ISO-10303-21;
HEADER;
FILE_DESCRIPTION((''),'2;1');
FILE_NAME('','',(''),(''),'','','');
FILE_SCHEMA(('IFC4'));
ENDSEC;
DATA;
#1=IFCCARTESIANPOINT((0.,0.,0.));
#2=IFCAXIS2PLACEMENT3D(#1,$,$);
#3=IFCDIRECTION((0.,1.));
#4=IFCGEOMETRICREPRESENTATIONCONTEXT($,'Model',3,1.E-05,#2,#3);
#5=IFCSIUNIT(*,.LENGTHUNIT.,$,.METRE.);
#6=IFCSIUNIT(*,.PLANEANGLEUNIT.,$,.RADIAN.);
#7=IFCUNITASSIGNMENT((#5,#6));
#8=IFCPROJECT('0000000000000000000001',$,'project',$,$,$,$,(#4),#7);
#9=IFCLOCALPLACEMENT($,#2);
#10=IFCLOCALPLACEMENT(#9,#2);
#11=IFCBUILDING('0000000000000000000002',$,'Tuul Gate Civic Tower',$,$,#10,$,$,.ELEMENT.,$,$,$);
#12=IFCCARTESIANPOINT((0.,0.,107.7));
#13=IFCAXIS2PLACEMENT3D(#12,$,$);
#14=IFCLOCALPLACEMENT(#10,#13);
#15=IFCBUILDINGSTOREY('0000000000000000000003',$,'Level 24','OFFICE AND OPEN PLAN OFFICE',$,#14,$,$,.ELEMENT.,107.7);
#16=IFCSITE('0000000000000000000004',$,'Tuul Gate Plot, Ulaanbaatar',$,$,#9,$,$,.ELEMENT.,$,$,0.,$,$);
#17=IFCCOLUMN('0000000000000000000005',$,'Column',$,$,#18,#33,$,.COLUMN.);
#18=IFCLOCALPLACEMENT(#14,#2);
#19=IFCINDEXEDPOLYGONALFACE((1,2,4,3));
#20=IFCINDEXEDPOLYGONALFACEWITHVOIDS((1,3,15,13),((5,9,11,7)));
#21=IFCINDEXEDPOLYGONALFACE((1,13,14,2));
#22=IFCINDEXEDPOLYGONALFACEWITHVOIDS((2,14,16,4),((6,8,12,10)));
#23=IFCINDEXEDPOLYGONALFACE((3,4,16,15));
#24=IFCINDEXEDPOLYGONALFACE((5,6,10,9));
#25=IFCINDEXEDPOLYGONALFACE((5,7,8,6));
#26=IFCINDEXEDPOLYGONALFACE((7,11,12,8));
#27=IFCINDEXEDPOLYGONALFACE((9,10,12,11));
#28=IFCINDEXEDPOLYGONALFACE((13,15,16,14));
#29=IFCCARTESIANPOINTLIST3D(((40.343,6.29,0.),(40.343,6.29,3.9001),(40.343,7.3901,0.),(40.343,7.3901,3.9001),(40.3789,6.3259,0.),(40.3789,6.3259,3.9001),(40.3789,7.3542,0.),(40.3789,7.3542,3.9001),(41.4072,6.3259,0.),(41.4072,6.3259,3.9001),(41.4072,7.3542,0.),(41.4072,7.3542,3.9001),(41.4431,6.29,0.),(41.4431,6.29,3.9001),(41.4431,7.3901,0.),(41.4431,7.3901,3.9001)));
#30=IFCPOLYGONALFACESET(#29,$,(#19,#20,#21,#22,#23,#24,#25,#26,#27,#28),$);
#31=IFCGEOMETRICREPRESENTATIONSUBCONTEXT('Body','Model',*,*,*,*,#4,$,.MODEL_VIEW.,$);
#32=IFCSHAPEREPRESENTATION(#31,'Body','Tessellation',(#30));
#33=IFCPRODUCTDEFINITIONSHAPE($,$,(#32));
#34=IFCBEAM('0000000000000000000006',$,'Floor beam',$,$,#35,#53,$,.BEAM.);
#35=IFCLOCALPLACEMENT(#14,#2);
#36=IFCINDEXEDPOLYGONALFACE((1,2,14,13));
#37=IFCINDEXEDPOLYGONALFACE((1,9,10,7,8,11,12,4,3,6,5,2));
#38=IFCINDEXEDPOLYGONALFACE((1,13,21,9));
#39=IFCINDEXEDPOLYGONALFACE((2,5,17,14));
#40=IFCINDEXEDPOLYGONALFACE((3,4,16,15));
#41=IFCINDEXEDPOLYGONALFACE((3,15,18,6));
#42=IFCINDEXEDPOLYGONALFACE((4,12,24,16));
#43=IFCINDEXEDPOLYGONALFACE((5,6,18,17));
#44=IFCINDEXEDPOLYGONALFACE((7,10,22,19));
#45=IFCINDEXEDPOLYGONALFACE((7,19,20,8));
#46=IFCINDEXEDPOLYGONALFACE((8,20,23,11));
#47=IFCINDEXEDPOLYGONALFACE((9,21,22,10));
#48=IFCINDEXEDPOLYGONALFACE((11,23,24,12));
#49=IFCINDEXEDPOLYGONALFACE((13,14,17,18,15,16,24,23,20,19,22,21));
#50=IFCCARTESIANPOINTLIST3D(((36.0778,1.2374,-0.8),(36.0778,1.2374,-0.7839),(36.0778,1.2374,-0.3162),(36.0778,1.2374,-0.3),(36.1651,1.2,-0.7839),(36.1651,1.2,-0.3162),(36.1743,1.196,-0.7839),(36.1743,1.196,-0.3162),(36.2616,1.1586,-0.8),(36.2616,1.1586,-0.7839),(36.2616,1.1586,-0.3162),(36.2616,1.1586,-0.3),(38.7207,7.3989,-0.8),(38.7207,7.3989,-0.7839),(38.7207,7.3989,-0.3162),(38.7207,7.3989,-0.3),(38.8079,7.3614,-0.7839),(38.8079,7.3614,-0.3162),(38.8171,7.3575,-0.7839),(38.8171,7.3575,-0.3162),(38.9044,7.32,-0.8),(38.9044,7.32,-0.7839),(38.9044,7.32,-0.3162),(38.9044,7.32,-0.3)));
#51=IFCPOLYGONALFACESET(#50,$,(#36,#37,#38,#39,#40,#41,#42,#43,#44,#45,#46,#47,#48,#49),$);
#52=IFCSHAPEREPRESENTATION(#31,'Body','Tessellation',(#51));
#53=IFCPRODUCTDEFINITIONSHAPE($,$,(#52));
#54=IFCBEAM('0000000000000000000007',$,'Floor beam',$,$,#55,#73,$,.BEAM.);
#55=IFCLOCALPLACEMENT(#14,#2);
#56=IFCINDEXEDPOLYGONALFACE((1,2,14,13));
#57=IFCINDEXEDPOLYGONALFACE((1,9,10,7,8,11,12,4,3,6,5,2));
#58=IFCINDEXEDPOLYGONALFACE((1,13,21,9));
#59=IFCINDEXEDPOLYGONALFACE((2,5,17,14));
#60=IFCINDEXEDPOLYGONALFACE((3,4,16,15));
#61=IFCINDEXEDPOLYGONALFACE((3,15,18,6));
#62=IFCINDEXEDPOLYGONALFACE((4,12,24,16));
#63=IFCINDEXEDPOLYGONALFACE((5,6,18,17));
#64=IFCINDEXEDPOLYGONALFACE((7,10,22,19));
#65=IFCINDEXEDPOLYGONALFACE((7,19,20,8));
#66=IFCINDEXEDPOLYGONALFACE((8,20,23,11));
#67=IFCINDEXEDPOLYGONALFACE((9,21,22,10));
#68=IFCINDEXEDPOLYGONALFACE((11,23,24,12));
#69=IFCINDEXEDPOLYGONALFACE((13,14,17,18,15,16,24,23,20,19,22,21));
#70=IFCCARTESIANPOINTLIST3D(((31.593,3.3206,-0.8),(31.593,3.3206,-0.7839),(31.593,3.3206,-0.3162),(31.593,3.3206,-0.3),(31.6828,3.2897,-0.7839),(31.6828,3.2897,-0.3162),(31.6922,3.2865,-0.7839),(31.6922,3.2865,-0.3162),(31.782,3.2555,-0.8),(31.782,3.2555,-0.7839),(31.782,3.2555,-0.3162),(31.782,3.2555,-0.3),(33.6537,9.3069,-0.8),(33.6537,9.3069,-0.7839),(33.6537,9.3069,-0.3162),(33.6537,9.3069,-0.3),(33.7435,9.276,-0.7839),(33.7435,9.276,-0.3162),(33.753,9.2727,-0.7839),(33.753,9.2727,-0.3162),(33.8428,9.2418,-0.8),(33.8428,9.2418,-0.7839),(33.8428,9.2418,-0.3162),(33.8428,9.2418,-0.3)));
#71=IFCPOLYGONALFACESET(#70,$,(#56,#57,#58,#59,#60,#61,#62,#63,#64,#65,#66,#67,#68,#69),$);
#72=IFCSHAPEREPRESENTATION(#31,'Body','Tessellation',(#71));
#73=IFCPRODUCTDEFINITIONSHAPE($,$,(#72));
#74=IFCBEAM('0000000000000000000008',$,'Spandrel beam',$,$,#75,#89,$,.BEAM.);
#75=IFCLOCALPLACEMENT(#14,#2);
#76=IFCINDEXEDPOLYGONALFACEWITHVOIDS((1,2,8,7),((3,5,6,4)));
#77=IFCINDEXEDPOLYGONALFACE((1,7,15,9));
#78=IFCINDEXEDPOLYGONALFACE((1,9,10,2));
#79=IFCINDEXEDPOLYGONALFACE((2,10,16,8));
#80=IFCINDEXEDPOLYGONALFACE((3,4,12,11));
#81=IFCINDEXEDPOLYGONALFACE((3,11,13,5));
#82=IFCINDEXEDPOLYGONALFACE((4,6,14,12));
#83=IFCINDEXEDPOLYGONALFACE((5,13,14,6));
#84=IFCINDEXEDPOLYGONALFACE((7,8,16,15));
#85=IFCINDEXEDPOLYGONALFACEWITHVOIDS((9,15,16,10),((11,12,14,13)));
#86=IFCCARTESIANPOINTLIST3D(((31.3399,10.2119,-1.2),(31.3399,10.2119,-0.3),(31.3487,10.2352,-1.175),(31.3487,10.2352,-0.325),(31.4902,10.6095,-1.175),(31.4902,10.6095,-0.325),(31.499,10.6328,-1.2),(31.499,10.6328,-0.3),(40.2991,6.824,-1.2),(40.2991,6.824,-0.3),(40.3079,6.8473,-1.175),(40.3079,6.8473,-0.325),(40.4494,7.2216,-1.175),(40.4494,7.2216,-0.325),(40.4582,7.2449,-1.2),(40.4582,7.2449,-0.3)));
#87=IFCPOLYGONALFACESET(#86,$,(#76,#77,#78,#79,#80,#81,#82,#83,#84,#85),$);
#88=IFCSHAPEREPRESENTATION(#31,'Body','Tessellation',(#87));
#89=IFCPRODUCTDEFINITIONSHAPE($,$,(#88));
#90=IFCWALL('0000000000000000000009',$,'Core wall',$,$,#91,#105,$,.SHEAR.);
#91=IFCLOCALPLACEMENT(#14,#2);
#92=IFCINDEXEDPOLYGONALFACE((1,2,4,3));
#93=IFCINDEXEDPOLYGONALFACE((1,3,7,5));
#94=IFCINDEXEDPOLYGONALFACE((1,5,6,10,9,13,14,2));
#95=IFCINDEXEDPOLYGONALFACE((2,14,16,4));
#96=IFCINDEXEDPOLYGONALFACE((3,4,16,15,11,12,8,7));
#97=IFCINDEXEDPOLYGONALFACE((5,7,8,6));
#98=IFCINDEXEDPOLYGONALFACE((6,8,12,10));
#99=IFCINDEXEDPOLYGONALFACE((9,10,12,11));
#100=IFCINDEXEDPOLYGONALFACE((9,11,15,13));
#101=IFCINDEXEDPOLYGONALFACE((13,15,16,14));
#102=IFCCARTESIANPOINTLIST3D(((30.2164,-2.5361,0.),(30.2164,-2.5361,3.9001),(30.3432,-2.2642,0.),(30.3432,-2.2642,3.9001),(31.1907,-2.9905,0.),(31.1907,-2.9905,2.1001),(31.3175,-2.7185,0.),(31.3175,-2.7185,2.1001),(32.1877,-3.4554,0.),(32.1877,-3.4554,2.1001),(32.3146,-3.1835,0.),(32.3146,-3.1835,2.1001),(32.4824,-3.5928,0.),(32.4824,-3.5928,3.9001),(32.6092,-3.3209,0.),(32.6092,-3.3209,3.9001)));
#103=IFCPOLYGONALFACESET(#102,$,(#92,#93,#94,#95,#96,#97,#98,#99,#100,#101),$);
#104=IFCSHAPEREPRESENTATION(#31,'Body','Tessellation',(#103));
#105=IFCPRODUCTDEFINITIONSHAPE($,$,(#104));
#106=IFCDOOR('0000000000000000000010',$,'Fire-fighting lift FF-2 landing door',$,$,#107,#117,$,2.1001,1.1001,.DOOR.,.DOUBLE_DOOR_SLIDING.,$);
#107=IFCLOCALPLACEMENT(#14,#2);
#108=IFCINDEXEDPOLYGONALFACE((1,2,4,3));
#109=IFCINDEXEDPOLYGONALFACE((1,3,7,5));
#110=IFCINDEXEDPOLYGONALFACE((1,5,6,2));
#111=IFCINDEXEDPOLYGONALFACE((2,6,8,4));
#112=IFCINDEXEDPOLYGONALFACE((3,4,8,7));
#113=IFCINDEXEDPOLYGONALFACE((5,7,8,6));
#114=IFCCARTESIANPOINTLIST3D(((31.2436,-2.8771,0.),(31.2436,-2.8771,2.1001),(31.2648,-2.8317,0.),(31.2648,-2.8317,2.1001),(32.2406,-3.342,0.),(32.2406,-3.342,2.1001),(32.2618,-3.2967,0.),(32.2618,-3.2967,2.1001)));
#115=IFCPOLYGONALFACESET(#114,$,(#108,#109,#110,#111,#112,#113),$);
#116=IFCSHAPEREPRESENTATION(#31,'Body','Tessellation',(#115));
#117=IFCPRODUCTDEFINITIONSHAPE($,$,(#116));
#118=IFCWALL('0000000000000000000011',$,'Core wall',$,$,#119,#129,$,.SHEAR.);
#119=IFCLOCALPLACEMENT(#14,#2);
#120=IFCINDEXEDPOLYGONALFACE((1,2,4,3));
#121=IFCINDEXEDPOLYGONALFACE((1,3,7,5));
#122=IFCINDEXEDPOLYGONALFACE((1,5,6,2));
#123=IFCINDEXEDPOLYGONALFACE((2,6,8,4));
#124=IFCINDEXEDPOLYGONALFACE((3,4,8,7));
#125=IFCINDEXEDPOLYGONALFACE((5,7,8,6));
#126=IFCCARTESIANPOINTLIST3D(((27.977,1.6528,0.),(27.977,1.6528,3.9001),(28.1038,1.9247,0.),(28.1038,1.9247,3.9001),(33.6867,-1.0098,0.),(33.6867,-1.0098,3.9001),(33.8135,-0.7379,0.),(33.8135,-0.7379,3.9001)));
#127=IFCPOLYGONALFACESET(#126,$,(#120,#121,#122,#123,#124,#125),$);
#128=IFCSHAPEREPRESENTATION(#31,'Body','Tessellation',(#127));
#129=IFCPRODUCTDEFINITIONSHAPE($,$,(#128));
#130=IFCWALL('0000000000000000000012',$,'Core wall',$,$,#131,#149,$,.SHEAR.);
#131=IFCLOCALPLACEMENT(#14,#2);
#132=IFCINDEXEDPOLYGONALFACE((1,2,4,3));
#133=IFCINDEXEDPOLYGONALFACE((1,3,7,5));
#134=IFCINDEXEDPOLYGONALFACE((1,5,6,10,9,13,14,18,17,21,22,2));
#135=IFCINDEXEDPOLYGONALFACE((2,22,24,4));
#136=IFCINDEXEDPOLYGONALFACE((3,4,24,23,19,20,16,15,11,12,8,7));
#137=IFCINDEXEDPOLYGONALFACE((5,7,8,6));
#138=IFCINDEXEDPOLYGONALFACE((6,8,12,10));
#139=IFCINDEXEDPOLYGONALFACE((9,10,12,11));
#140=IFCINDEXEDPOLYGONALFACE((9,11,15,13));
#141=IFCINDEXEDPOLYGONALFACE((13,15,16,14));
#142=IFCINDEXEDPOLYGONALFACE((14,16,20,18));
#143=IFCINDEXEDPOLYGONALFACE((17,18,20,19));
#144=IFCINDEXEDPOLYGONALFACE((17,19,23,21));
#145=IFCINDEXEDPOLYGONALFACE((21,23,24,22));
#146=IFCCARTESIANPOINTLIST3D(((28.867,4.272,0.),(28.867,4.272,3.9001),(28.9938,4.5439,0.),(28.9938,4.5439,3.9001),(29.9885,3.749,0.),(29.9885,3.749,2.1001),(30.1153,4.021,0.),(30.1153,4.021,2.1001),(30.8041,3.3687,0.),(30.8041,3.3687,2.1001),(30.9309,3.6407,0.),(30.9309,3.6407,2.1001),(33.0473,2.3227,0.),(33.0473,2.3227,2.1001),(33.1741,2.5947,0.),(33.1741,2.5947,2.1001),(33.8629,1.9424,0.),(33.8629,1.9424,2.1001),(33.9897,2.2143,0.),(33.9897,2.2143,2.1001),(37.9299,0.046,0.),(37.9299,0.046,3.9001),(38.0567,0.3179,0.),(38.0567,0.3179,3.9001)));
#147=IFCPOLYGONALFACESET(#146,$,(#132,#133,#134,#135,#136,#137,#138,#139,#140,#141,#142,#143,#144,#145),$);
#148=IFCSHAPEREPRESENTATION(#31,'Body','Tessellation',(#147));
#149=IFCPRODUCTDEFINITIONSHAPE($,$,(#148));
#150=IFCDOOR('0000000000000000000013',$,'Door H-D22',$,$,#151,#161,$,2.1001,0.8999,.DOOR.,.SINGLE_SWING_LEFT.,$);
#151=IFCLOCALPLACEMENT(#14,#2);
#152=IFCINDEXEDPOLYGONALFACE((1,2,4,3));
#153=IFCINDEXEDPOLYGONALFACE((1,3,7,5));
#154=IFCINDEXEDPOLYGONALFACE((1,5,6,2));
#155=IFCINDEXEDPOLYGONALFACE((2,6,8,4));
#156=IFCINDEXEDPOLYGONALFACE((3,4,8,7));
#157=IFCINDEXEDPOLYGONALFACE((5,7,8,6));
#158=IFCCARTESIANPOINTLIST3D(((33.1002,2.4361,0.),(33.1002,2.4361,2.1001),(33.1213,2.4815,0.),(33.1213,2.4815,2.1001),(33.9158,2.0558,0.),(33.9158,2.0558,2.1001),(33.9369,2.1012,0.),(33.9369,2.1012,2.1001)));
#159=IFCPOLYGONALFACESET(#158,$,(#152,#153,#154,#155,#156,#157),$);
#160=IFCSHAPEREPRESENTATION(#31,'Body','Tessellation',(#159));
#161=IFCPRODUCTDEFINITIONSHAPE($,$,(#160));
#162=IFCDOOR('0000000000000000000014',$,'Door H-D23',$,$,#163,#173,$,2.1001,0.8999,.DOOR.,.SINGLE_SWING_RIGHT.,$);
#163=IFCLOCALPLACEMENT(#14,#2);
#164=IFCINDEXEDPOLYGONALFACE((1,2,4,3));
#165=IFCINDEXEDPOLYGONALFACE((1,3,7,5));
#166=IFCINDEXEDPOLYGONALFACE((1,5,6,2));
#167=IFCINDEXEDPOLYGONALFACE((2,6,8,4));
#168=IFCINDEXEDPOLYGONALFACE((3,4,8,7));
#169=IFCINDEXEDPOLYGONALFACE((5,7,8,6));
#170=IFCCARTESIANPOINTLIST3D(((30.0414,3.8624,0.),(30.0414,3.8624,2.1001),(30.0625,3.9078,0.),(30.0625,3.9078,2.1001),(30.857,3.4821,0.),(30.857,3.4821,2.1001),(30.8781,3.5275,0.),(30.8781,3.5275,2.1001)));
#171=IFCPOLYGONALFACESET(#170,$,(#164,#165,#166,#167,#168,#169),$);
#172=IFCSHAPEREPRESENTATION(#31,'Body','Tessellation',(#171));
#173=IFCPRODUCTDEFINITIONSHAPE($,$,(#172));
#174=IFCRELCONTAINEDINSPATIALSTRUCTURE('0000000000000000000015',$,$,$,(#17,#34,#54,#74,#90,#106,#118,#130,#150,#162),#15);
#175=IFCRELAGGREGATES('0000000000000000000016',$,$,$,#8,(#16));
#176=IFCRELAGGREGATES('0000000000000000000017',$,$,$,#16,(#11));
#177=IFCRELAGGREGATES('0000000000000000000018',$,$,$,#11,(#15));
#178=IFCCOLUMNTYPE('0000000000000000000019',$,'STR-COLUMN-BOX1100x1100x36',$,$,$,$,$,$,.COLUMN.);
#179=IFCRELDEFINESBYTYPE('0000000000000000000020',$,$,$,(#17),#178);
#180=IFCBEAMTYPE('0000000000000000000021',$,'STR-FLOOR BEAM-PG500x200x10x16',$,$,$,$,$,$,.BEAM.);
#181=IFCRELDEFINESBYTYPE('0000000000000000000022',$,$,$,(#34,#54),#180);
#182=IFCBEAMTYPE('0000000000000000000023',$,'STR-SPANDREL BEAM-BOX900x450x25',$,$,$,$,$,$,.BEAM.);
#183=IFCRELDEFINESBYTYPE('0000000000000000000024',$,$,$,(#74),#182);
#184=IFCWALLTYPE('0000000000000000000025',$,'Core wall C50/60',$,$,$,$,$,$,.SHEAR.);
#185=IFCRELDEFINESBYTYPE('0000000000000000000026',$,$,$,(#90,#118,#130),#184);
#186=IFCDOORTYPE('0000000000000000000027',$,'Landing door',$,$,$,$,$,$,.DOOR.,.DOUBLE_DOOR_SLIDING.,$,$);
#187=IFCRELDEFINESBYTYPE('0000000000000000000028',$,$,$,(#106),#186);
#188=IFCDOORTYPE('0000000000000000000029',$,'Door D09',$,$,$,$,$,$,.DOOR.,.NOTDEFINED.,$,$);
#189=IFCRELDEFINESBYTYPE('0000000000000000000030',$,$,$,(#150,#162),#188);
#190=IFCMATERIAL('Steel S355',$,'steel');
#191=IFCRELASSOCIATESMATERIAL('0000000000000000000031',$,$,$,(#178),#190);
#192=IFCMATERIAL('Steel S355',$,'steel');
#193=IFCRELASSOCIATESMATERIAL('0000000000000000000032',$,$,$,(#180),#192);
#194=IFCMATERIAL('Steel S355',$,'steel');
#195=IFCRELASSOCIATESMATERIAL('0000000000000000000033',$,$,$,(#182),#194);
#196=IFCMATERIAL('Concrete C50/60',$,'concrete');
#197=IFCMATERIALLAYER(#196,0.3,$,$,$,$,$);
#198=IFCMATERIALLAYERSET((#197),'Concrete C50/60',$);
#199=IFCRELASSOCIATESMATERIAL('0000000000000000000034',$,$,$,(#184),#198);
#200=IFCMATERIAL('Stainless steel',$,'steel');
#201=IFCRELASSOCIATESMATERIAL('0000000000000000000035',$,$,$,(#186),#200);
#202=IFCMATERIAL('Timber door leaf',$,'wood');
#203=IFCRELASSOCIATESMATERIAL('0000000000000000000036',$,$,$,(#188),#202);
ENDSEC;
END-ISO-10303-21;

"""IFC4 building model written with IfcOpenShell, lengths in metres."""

from ifc_helpers import new_model, si_unit, direction, frame, frame_2d, origin, origin_2d, place, context, subcontext, project, spatial, rectangle, hollow_rectangle, i_section, extrude, material, layer, layer_set, material_profile, profile_set, type_object, element, fill, save


model = new_model("IFC4")

# Units and contexts
model_context = context("Model", 3, precision=1e-05, world=origin(), true_north=direction((0.0, 1.0)))
body_context = subcontext(model_context, "Body", "Model", "MODEL_VIEW")
ifc_project = project(units=[si_unit("LENGTHUNIT", "METRE"), si_unit("PLANEANGLEUNIT", "RADIAN")], contexts=[model_context])

# Site, building, storey
site_placement = place(None, origin())
site = spatial("IfcSite", under=ifc_project, at=site_placement, Name="Tuul Gate Plot, Ulaanbaatar", CompositionType="ELEMENT", RefElevation=0.0)
building_placement = place(site_placement, origin())
building = spatial("IfcBuilding", under=site, at=building_placement, Name="Tuul Gate Civic Tower", CompositionType="ELEMENT")
storey_placement = place(building_placement, frame((0.0, 0.0, 107.7)))
storey = spatial("IfcBuildingStorey", under=building, at=storey_placement, Name="Level 24", Description="OFFICE AND OPEN PLAN OFFICE", CompositionType="ELEMENT", Elevation=107.7)

# Column
ifc_material_1 = material(Name="Steel S355", Category="steel")
ifc_material_profile_1 = material_profile(ifc_material_1, hollow_rectangle(XDim=1.1001, YDim=1.1001, WallThickness=0.0359, at=origin_2d()), Name="BOX1100x1100x36")
ifc_profile_set_1 = profile_set([ifc_material_profile_1], Name="Steel S355")
column_type = type_object("IfcColumnType", Name="STR-COLUMN-BOX1100x1100x36", PredefinedType="COLUMN", material=ifc_profile_set_1)
column_placement = place(storey_placement, frame((40.8931, 6.8401, 0.0), z_axis=(0.0, 0.0, 1.0), x_axis=(1.0, 0.0, 0.0)))
element("IfcColumn", 1, at=column_placement, inside=storey, type_object=column_type, Name="Column", PredefinedType="COLUMN", context=body_context, shape_type="SweptSolid", body=[
    extrude(hollow_rectangle(XDim=1.1001, YDim=1.1001, WallThickness=0.0359, at=origin_2d()), origin(), (0.0, 0.0, 1.0), 3.9001),
])

# Beams
ifc_material_2 = material(Name="Steel S355", Category="steel")
ifc_material_profile_2 = material_profile(ifc_material_2, i_section(OverallWidth=0.2, OverallDepth=0.5, WebThickness=0.01, FlangeThickness=0.0161, at=origin_2d()), Name="PG500x200x10x16")
ifc_profile_set_2 = profile_set([ifc_material_profile_2], Name="Steel S355")
beam_type_1 = type_object("IfcBeamType", Name="STR-FLOOR BEAM-PG500x200x10x16", PredefinedType="BEAM", material=ifc_profile_set_2)
beam_1_placement = place(storey_placement, frame((36.1697, 1.198, -0.55), z_axis=(0.394201, 0.919024, 0.0), x_axis=(-0.919024, 0.394201, 0.0)))
element("IfcBeam", 2, at=beam_1_placement, inside=storey, type_object=beam_type_1, Name="Floor beam", PredefinedType="BEAM", context=body_context, shape_type="SweptSolid", body=[
    extrude(i_section(OverallWidth=0.2, OverallDepth=0.5, WebThickness=0.01, FlangeThickness=0.0161, at=origin_2d()), origin(), (0.0, 0.0, 1.0), 6.7043),
])
beam_2_placement = place(storey_placement, frame((31.6875, 3.2881, -0.55), z_axis=(0.325502, 0.945541, 0.0), x_axis=(-0.945541, 0.325502, 0.0)))
element("IfcBeam", 3, at=beam_2_placement, inside=storey, type_object=beam_type_1, Name="Floor beam", PredefinedType="BEAM", context=body_context, shape_type="SweptSolid", body=[
    extrude(i_section(OverallWidth=0.2, OverallDepth=0.5, WebThickness=0.01, FlangeThickness=0.0161, at=origin_2d()), origin(), (0.0, 0.0, 1.0), 6.3311),
])
ifc_material_3 = material(Name="Steel S355", Category="steel")
ifc_material_profile_3 = material_profile(ifc_material_3, hollow_rectangle(XDim=0.45, YDim=0.8999, WallThickness=0.0249, at=origin_2d()), Name="BOX900x450x25")
ifc_profile_set_3 = profile_set([ifc_material_profile_3], Name="Steel S355")
beam_type_2 = type_object("IfcBeamType", Name="STR-SPANDREL BEAM-BOX900x450x25", PredefinedType="BEAM", material=ifc_profile_set_3)
beam_3_placement = place(storey_placement, frame((40.3787, 7.0344, -0.75), z_axis=(-0.935357, 0.353706, 0.0), x_axis=(-0.353706, -0.935357, 0.0)))
element("IfcBeam", 4, at=beam_3_placement, inside=storey, type_object=beam_type_2, Name="Spandrel beam", PredefinedType="BEAM", context=body_context, shape_type="SweptSolid", body=[
    extrude(hollow_rectangle(XDim=0.45, YDim=0.8999, WallThickness=0.0249, at=origin_2d()), origin(), (0.0, 0.0, 1.0), 9.5784),
])

# Wall, opening, door
ifc_material_4 = material(Name="Concrete C50/60", Category="concrete")
ifc_layer_1 = layer(ifc_material_4, 0.3)
ifc_layer_set_1 = layer_set([ifc_layer_1], Name="Concrete C50/60")
wall_type_1 = type_object("IfcWallType", Name="Core wall C50/60", PredefinedType="SHEAR", material=ifc_layer_set_1)
wall_1_placement = place(storey_placement, frame((32.5457, -3.4568, 0.0), z_axis=(0.0, 0.0, 1.0), x_axis=(-0.9063, 0.422634, 0.0)))
wall_1 = element("IfcWall", 5, at=wall_1_placement, inside=storey, type_object=wall_type_1, Name="Core wall", PredefinedType="SHEAR", context=body_context, shape_type="SweptSolid", body=[
    extrude(rectangle(XDim=2.5002, YDim=0.3, at=frame_2d((1.25, 0.0))), origin(), (0.0, 0.0, 1.0), 3.9001),
])
opening_1_placement = place(wall_1_placement, frame((0.325, 0.0, 0.0)))
opening_1 = element("IfcOpeningElement", 6, at=opening_1_placement, cuts=wall_1, PredefinedType="OPENING", context=body_context, shape_type="SweptSolid", body=[
    extrude(rectangle(XDim=1.1001, YDim=2.1001, at=frame_2d((0.55, 1.05))), frame((0.0, 0.1602, 0.0), z_axis=(0.0, -1.0, 0.0), x_axis=(1.0, 0.0, 0.0)), (0.0, 0.0, 1.0), 0.3201),
])
ifc_material_5 = material(Name="Stainless steel", Category="steel")
door_type_1 = type_object("IfcDoorType", Name="Landing door", OperationType="DOUBLE_DOOR_SLIDING", PredefinedType="DOOR", material=ifc_material_5)
door_1_placement = place(opening_1_placement, origin())
door_1 = element("IfcDoor", 7, at=door_1_placement, inside=storey, type_object=door_type_1, Name="Fire-fighting lift FF-2 landing door", OperationType="DOUBLE_DOOR_SLIDING", OverallHeight=2.1001, OverallWidth=1.1001, PredefinedType="DOOR", context=body_context, shape_type="SweptSolid", body=[
    extrude(rectangle(XDim=1.1001, YDim=2.1001, at=frame_2d((0.55, 1.05))), frame((0.0, 0.0249, 0.0), z_axis=(0.0, -1.0, 0.0), x_axis=(1.0, 0.0, 0.0)), (0.0, 0.0, 1.0), 0.05),
])
fill(opening_1, door_1)

# Wall
wall_2_placement = place(storey_placement, frame((33.75, -0.8738, 0.0), z_axis=(0.0, 0.0, 1.0), x_axis=(-0.906301, 0.422633, 0.0)))
element("IfcWall", 8, at=wall_2_placement, inside=storey, type_object=wall_type_1, Name="Core wall", PredefinedType="SHEAR", context=body_context, shape_type="SweptSolid", body=[
    extrude(rectangle(XDim=6.3, YDim=0.3, at=frame_2d((3.1499, 0.0))), origin(), (0.0, 0.0, 1.0), 3.9001),
])

# Wall, openings, doors
wall_3_placement = place(storey_placement, frame((37.9934, 0.1819, 0.0), z_axis=(0.0, 0.0, 1.0), x_axis=(-0.90631, 0.422613, 0.0)))
wall_3 = element("IfcWall", 9, at=wall_3_placement, inside=storey, type_object=wall_type_1, Name="Core wall", PredefinedType="SHEAR", context=body_context, shape_type="SweptSolid", body=[
    extrude(rectangle(XDim=9.9998, YDim=0.3, at=frame_2d((5.0, 0.0))), origin(), (0.0, 0.0, 1.0), 3.9001),
])
opening_2_placement = place(wall_3_placement, frame((4.4875, 0.0, 0.0)))
opening_2 = element("IfcOpeningElement", 10, at=opening_2_placement, cuts=wall_3, PredefinedType="OPENING", context=body_context, shape_type="SweptSolid", body=[
    extrude(rectangle(XDim=0.8999, YDim=2.1001, at=frame_2d((0.45, 1.05))), frame((0.0, 0.1602, 0.0), z_axis=(0.0, -1.0, 0.0), x_axis=(1.0, 0.0, 0.0)), (0.0, 0.0, 1.0), 0.3201),
])
opening_3_placement = place(wall_3_placement, frame((7.8625, 0.0, 0.0)))
opening_3 = element("IfcOpeningElement", 11, at=opening_3_placement, cuts=wall_3, PredefinedType="OPENING", context=body_context, shape_type="SweptSolid", body=[
    extrude(rectangle(XDim=0.8999, YDim=2.1001, at=frame_2d((0.45, 1.05))), frame((0.0, 0.1602, 0.0), z_axis=(0.0, -1.0, 0.0), x_axis=(1.0, 0.0, 0.0)), (0.0, 0.0, 1.0), 0.3201),
])
ifc_material_6 = material(Name="Timber door leaf", Category="wood")
door_type_2 = type_object("IfcDoorType", Name="Door D09", OperationType="NOTDEFINED", PredefinedType="DOOR", material=ifc_material_6)
door_2_placement = place(opening_2_placement, origin())
door_2 = element("IfcDoor", 12, at=door_2_placement, inside=storey, type_object=door_type_2, Name="Door H-D22", OperationType="SINGLE_SWING_LEFT", OverallHeight=2.1001, OverallWidth=0.8999, PredefinedType="DOOR", context=body_context, shape_type="SweptSolid", body=[
    extrude(rectangle(XDim=0.8999, YDim=2.1001, at=frame_2d((0.45, 1.05))), frame((0.0, 0.0249, 0.0), z_axis=(0.0, -1.0, 0.0), x_axis=(1.0, 0.0, 0.0)), (0.0, 0.0, 1.0), 0.05),
])
fill(opening_2, door_2)
door_3_placement = place(opening_3_placement, origin())
door_3 = element("IfcDoor", 13, at=door_3_placement, inside=storey, type_object=door_type_2, Name="Door H-D23", OperationType="SINGLE_SWING_RIGHT", OverallHeight=2.1001, OverallWidth=0.8999, PredefinedType="DOOR", context=body_context, shape_type="SweptSolid", body=[
    extrude(rectangle(XDim=0.8999, YDim=2.1001, at=frame_2d((0.45, 1.05))), frame((0.0, 0.0249, 0.0), z_axis=(0.0, -1.0, 0.0), x_axis=(1.0, 0.0, 0.0)), (0.0, 0.0, 1.0), 0.05),
])
fill(opening_3, door_3)

save(model, "model.ifc")
